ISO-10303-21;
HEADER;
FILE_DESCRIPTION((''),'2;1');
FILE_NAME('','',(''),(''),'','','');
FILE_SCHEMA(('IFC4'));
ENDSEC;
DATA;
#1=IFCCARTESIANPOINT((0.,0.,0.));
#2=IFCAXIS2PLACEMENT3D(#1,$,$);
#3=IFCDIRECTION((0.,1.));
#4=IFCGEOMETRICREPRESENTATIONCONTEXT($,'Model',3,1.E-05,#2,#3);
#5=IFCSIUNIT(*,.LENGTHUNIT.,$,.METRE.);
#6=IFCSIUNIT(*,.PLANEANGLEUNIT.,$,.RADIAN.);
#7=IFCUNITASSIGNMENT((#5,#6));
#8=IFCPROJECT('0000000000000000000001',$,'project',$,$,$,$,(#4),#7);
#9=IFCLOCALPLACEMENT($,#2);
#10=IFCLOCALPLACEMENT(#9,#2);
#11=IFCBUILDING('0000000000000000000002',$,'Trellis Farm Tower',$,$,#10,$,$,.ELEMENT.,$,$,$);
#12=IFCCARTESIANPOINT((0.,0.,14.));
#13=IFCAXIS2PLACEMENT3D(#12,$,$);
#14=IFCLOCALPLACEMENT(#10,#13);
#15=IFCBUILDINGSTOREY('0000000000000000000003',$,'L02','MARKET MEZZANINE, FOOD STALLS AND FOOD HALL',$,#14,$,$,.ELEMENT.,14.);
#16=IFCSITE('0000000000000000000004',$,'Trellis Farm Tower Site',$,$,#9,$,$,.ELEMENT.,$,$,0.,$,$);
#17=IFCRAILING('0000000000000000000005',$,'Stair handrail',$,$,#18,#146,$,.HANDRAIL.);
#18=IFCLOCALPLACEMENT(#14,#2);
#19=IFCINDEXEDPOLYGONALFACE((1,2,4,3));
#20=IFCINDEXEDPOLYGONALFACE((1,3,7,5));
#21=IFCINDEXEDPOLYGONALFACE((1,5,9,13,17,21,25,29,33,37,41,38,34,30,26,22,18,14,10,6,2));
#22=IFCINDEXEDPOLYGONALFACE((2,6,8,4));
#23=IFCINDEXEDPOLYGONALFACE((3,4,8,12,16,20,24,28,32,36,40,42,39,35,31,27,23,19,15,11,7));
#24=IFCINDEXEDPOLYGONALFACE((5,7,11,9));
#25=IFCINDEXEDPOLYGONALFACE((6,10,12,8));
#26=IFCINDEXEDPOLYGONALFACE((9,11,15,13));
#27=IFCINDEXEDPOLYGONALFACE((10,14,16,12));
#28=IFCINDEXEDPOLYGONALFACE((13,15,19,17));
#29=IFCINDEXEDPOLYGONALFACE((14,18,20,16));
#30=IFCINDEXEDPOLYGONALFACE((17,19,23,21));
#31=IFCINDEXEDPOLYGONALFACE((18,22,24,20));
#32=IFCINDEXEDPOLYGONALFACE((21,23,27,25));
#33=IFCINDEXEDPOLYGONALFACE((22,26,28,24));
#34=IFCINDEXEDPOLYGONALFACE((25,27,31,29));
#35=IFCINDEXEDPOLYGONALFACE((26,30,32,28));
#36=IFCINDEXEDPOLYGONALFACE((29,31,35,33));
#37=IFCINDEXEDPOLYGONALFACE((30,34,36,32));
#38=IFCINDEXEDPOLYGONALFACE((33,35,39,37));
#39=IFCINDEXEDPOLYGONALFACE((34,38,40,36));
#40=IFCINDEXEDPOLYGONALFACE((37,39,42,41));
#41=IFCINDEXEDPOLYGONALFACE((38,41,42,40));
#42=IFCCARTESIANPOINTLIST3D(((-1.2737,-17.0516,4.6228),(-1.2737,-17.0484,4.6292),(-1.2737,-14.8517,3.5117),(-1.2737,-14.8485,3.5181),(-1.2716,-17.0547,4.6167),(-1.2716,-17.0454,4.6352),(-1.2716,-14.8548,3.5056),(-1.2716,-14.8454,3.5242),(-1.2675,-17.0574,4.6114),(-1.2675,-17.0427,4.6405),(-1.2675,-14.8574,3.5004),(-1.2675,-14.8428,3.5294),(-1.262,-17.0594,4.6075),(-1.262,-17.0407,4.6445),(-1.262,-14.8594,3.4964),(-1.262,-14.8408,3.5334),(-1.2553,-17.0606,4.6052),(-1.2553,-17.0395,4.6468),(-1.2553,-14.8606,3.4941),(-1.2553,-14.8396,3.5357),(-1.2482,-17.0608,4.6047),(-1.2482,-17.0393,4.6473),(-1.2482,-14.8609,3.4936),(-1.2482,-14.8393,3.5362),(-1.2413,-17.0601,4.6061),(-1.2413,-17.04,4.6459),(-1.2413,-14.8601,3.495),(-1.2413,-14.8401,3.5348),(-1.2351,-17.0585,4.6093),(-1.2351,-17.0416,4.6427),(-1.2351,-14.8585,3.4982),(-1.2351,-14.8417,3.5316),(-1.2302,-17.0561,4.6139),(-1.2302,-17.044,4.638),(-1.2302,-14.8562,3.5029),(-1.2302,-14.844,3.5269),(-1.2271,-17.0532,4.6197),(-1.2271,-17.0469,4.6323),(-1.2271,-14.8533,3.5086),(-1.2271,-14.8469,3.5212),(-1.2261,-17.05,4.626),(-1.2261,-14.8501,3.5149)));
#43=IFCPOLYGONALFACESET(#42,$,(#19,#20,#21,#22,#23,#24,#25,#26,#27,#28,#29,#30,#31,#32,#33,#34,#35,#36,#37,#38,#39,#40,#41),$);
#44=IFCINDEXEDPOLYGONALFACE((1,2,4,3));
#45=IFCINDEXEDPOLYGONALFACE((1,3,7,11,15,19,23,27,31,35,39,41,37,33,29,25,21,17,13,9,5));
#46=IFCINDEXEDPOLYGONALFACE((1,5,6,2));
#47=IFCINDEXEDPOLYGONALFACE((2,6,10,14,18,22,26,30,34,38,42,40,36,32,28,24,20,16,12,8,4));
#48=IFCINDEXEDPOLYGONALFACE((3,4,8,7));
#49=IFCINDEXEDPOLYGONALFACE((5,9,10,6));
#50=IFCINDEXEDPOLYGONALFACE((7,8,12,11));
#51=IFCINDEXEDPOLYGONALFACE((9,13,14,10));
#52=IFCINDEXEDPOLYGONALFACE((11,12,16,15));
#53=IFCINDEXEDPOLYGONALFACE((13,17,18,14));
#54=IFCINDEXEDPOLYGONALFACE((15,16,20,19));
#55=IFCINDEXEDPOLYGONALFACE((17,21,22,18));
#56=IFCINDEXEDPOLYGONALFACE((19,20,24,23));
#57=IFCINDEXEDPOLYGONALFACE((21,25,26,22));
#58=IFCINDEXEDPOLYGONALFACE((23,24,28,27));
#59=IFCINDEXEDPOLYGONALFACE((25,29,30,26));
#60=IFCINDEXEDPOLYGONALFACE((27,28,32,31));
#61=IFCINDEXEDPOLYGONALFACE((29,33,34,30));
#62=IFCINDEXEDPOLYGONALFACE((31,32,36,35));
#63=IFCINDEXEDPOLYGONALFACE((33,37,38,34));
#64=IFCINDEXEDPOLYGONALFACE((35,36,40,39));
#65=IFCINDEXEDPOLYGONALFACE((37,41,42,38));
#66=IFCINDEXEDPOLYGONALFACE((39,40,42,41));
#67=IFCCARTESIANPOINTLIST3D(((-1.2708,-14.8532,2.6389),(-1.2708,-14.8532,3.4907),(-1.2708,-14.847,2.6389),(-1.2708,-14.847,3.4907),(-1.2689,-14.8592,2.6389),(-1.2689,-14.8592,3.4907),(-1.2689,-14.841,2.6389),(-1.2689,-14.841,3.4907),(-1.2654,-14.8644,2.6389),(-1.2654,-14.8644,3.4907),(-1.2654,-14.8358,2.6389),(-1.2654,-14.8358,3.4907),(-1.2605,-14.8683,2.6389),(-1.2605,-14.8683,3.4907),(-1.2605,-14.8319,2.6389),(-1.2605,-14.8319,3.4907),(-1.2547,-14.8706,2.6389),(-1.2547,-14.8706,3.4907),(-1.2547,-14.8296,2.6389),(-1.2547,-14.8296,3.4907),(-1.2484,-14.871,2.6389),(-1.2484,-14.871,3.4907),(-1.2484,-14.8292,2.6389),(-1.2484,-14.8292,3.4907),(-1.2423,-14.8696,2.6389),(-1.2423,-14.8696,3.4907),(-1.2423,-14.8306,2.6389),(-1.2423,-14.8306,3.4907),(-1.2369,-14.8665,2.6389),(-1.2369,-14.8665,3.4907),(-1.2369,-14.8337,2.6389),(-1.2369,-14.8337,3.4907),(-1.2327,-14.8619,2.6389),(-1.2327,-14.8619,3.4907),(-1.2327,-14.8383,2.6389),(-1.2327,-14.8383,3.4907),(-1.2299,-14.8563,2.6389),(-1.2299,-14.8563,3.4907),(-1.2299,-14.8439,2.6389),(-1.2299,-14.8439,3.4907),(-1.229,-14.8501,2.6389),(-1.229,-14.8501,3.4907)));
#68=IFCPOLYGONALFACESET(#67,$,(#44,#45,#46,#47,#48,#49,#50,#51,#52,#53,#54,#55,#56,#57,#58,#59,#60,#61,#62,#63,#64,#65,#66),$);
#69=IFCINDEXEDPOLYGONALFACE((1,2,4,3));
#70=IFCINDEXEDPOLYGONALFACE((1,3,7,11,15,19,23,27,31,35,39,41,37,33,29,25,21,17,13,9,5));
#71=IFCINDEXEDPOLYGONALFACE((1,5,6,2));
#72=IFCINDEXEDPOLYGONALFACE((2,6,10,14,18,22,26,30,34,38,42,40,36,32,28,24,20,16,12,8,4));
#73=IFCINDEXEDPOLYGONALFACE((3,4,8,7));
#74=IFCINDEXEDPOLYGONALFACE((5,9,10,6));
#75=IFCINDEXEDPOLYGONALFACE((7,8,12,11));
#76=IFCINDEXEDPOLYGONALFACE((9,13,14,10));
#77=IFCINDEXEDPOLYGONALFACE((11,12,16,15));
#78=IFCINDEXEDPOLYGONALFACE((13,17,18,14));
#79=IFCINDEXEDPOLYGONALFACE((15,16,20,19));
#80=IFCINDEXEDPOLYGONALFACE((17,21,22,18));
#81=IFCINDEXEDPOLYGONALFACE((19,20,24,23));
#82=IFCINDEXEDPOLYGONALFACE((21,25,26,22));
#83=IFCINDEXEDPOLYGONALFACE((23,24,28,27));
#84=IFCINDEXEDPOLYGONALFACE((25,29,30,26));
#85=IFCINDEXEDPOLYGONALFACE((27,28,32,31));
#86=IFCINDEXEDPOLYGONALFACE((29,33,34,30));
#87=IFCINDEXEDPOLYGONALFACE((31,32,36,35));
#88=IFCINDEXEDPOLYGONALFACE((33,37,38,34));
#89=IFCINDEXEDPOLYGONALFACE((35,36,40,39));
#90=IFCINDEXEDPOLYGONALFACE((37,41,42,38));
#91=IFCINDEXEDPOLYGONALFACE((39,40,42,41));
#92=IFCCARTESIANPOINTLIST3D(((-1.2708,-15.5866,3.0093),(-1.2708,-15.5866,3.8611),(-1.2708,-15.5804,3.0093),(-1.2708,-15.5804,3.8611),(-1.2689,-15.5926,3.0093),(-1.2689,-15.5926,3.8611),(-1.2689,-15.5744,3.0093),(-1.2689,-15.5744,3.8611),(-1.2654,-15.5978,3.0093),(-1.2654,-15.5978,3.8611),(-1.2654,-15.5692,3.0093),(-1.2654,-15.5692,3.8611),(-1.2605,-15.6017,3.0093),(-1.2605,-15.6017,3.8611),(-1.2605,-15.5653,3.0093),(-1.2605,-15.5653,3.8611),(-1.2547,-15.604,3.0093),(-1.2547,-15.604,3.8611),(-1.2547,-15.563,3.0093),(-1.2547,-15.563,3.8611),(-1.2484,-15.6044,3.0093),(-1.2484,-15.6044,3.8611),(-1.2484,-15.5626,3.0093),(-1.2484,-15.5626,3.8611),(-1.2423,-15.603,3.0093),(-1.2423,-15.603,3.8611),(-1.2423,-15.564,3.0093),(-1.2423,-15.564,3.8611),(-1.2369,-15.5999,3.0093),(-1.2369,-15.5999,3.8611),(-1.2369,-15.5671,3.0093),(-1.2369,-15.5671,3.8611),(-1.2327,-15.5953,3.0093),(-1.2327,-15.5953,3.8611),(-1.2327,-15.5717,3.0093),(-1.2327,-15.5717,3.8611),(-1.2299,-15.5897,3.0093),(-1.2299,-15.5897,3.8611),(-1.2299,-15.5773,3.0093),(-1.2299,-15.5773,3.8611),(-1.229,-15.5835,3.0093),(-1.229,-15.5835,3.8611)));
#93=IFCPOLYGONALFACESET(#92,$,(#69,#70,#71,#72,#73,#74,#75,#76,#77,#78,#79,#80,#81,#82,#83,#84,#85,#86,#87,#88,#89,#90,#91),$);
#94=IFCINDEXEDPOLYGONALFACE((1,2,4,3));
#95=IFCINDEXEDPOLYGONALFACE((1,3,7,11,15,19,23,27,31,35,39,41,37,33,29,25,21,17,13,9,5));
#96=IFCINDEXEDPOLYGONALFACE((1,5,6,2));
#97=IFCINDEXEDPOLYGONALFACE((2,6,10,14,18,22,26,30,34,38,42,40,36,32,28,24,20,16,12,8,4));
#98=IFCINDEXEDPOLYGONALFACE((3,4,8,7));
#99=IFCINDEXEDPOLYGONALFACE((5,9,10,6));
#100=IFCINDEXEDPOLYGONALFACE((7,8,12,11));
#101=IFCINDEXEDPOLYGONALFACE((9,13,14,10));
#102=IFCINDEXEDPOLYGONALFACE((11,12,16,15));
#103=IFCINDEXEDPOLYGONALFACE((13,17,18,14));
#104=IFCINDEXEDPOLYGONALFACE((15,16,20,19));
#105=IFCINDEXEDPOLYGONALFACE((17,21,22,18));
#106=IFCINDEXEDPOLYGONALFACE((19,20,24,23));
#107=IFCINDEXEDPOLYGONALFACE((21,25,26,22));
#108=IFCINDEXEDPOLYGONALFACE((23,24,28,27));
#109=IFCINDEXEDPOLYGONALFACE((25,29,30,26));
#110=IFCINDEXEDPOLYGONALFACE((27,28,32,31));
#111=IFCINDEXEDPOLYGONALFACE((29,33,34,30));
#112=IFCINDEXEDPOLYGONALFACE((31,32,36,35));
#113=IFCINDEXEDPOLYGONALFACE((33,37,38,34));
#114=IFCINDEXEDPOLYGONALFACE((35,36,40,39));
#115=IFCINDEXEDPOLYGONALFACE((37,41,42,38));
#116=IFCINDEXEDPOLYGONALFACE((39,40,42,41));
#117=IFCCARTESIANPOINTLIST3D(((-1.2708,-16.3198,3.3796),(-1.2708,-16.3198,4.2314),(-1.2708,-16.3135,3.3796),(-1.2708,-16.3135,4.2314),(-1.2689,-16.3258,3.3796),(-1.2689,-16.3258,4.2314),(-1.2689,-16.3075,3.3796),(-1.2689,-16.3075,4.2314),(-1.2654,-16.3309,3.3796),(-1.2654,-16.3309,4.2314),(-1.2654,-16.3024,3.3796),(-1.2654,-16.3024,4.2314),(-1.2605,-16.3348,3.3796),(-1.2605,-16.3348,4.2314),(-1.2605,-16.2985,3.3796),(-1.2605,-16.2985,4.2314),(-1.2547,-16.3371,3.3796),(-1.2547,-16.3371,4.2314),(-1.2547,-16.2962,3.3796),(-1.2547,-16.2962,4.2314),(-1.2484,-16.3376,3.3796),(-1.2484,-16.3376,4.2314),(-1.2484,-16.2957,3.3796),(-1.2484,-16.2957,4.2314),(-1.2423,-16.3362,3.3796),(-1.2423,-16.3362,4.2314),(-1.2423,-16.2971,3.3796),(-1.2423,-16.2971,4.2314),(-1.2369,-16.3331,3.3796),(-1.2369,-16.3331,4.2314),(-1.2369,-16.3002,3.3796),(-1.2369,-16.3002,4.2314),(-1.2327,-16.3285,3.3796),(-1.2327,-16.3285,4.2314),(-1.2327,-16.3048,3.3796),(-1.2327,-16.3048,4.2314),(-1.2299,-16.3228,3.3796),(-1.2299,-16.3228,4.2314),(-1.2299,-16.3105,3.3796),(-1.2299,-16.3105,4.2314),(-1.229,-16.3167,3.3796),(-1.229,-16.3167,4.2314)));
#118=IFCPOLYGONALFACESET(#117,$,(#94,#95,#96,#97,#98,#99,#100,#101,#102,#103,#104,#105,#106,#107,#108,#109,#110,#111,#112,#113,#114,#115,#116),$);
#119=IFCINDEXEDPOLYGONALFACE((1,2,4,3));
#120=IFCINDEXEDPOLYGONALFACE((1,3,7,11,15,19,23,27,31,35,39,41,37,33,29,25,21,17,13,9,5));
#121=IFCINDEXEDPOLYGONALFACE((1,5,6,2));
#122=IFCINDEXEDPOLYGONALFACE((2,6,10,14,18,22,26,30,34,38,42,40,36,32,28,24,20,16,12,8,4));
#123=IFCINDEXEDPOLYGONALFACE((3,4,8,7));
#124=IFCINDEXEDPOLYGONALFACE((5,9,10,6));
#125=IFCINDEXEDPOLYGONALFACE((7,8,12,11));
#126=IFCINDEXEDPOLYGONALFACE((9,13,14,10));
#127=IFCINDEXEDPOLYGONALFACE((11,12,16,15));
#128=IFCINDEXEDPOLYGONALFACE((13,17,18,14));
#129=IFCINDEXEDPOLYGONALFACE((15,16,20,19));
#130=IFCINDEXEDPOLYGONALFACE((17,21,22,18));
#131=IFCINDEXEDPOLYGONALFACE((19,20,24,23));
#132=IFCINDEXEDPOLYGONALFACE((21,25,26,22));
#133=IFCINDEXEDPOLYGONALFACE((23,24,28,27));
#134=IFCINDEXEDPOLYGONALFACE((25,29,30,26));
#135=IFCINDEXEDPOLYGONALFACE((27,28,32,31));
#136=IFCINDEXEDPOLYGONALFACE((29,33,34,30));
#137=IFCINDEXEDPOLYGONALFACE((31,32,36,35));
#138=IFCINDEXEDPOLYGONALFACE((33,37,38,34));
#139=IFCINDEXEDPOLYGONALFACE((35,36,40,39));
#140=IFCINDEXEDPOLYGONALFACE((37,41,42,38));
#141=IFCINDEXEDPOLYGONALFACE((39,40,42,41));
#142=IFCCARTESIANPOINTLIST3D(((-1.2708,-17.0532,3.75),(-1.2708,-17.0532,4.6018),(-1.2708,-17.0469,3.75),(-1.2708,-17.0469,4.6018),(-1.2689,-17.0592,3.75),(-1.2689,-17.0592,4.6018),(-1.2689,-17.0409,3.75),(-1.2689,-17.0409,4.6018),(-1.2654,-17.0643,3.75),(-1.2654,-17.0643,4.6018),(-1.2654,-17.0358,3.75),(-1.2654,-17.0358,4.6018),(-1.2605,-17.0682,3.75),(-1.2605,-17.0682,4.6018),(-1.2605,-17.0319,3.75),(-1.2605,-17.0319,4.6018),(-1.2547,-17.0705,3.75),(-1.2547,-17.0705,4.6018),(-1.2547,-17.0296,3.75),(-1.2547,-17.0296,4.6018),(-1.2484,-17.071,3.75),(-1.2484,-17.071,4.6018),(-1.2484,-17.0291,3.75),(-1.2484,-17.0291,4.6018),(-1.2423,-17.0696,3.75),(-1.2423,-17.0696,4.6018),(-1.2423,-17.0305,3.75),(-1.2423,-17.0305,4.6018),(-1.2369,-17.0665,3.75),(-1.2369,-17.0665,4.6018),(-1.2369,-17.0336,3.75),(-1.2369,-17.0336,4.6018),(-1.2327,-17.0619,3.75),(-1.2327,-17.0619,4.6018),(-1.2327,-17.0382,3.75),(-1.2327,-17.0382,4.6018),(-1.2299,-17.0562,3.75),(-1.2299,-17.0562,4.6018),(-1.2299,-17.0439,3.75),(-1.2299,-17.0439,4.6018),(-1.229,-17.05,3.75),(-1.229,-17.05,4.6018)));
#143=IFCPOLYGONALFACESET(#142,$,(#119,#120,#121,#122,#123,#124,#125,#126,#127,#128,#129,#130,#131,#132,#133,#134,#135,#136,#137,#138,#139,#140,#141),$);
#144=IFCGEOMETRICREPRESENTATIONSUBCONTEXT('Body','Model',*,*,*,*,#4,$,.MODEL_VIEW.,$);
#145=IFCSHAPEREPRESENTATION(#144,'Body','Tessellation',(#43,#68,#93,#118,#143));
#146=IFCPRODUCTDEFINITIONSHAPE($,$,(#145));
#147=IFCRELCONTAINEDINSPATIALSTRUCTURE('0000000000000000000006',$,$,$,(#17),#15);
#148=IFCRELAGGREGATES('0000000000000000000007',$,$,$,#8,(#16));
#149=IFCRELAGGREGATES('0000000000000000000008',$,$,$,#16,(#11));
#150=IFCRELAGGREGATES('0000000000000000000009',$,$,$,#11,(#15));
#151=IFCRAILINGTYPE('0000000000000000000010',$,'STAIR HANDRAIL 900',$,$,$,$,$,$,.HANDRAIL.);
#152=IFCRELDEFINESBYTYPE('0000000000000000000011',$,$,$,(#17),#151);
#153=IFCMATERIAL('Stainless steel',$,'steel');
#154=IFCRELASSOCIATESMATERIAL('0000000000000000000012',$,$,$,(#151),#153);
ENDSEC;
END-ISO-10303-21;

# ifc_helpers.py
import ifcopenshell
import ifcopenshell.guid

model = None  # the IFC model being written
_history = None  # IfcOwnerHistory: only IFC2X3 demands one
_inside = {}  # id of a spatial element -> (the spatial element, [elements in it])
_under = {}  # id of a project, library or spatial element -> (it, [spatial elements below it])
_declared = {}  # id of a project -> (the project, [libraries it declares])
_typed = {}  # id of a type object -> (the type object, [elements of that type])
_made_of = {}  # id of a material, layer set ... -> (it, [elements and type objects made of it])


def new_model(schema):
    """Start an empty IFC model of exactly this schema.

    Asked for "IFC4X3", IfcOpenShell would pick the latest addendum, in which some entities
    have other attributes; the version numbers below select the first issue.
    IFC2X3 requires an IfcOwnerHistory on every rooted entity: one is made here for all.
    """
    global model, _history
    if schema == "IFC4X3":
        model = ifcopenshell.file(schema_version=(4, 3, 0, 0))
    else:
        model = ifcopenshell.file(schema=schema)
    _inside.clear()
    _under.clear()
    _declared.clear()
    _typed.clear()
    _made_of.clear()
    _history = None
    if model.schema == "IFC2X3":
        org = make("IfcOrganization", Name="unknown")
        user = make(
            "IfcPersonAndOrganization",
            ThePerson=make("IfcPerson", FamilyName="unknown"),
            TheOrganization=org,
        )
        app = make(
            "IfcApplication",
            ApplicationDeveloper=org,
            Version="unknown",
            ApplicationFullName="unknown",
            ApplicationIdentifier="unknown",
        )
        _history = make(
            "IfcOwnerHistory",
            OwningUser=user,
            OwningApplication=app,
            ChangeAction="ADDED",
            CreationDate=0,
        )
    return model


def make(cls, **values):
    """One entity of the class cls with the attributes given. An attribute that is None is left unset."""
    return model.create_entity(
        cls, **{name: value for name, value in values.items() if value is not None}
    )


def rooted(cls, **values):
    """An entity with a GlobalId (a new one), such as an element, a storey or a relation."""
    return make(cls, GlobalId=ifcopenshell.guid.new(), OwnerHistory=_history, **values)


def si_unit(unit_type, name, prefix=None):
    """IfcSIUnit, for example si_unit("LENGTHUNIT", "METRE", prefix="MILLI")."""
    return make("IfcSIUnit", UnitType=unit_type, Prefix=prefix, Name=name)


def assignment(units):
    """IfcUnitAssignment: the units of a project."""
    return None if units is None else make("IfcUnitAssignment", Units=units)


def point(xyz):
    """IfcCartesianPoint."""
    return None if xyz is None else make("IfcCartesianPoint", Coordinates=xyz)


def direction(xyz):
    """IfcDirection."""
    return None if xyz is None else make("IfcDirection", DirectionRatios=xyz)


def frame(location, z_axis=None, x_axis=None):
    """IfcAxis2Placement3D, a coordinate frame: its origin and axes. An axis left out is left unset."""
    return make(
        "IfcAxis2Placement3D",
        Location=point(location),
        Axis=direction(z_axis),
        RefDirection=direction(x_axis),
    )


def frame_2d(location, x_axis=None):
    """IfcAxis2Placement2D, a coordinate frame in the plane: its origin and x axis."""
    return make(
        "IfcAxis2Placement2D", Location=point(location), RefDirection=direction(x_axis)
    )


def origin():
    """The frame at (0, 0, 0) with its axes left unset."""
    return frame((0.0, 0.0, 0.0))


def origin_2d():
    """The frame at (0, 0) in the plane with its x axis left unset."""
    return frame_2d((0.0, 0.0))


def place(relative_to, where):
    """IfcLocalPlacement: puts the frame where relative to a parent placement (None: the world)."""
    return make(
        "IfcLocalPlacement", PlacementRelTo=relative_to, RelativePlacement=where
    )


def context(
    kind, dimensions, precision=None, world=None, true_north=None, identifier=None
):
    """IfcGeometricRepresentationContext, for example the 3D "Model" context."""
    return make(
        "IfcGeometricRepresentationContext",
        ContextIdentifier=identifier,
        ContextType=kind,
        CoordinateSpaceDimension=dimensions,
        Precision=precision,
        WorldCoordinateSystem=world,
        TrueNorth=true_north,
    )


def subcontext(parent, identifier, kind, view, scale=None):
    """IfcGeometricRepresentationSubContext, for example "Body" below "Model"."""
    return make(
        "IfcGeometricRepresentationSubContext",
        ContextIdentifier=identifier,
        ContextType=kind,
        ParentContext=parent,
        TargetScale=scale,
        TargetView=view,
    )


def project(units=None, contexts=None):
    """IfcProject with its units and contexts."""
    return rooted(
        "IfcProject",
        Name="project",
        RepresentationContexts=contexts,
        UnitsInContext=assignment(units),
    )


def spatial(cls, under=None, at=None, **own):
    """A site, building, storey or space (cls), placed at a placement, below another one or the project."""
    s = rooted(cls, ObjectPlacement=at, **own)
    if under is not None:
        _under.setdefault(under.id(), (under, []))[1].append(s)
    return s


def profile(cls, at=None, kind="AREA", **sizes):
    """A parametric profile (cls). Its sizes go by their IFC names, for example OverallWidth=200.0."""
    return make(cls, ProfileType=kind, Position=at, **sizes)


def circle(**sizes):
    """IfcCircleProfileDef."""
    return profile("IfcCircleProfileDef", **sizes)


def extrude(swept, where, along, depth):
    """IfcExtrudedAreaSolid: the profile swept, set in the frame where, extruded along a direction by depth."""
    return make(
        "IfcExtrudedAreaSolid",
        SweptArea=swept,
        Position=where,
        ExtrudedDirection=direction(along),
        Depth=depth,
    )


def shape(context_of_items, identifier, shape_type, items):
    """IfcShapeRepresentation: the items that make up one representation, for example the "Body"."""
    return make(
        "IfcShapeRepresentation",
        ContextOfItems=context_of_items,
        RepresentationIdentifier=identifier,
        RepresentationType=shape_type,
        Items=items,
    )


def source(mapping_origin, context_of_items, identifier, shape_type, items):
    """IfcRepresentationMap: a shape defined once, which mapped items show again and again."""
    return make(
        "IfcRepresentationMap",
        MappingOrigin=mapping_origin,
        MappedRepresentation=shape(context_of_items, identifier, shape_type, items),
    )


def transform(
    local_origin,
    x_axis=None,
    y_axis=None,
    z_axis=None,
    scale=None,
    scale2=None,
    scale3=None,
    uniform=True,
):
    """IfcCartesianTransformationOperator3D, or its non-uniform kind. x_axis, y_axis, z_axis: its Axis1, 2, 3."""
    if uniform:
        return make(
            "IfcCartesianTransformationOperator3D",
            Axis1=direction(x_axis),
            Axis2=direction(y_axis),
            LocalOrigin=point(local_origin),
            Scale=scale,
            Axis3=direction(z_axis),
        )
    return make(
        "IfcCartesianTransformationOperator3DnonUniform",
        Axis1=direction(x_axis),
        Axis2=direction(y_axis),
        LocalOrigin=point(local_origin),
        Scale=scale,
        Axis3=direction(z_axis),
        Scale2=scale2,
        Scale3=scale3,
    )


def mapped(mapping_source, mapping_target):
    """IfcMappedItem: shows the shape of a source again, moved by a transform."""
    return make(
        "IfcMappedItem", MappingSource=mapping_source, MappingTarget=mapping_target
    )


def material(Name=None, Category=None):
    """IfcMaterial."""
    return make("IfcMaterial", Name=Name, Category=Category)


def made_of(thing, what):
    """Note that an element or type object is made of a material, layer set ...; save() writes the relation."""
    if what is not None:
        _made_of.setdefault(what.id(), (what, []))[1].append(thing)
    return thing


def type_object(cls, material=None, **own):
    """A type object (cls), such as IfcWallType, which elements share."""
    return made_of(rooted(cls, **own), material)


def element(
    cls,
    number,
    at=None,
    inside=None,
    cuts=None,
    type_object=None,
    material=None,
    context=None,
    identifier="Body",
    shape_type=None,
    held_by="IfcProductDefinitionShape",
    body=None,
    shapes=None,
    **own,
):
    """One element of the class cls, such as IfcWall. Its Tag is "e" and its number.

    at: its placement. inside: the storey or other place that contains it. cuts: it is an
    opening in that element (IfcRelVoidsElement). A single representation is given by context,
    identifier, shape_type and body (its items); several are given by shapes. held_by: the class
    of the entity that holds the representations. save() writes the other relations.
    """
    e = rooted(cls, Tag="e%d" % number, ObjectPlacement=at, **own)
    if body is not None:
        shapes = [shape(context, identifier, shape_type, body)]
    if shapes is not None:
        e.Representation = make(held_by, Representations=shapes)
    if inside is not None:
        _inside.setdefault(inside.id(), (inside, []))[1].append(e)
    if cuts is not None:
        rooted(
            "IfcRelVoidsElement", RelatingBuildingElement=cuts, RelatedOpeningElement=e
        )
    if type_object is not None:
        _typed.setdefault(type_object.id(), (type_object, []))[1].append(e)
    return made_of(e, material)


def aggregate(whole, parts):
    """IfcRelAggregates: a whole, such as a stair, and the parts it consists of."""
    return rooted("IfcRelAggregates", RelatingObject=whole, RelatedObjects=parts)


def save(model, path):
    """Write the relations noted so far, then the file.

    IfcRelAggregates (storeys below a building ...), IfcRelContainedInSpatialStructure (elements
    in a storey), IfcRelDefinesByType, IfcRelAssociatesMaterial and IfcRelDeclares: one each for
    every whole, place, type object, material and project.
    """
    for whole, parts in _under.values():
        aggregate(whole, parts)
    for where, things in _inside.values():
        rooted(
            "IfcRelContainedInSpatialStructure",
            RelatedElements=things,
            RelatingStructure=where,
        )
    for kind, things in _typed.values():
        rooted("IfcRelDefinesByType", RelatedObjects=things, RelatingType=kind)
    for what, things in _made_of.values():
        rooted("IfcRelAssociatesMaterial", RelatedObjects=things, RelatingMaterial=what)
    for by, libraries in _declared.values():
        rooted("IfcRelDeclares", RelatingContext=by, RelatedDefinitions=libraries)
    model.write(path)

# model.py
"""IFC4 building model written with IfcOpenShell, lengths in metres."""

from ifc_helpers import new_model, si_unit, direction, frame, origin, origin_2d, place, context, subcontext, project, spatial, circle, extrude, source, transform, mapped, material, type_object, element, save


model = new_model("IFC4")

# Units and contexts
model_context = context("Model", 3, precision=1e-05, world=origin(), true_north=direction((0.0, 1.0)))
body_context = subcontext(model_context, "Body", "Model", "MODEL_VIEW")
ifc_project = project(units=[si_unit("LENGTHUNIT", "METRE"), si_unit("PLANEANGLEUNIT", "RADIAN")], contexts=[model_context])

# Site, building, storey
site_placement = place(None, origin())
site = spatial("IfcSite", under=ifc_project, at=site_placement, Name="Trellis Farm Tower Site", CompositionType="ELEMENT", RefElevation=0.0)
building_placement = place(site_placement, origin())
building = spatial("IfcBuilding", under=site, at=building_placement, Name="Trellis Farm Tower", CompositionType="ELEMENT")
storey_placement = place(building_placement, frame((0.0, 0.0, 14.0)))
storey = spatial("IfcBuildingStorey", under=building, at=storey_placement, Name="L02", Description="MARKET MEZZANINE, FOOD STALLS AND FOOD HALL", CompositionType="ELEMENT", Elevation=14.0)

# Railing
ifc_material_1 = material(Name="Stainless steel", Category="steel")
railing_type = type_object("IfcRailingType", Name="STAIR HANDRAIL 900", PredefinedType="HANDRAIL", material=ifc_material_1)
shared_shape_1 = source(origin(), body_context, "Body", "SweptSolid", [
    extrude(circle(Radius=0.0239, at=origin_2d()), frame((0.0, 0.0, 0.876), z_axis=(0.0, -0.892617, 0.450816), x_axis=(1.0, 0.0, 0.0)), (0.0, 0.0, 1.0), 2.4646),
    extrude(circle(Radius=0.021, at=origin_2d()), origin(), (0.0, 0.0, 1.0), 0.8518),
    extrude(circle(Radius=0.021, at=origin_2d()), frame((0.0, -0.7334, 0.3704)), (0.0, 0.0, 1.0), 0.8518),
    extrude(circle(Radius=0.021, at=origin_2d()), frame((0.0, -1.4666, 0.7407)), (0.0, 0.0, 1.0), 0.8518),
    extrude(circle(Radius=0.021, at=origin_2d()), frame((0.0, -2.2, 1.1111)), (0.0, 0.0, 1.0), 0.8518),
])
for number, where, name in (
    (1, (-1.25, -14.8501, 2.6389), "Stair handrail"),
):
    element("IfcRailing", number, at=place(storey_placement, frame(where)), inside=storey, type_object=railing_type, Name=name, PredefinedType="HANDRAIL", context=body_context, shape_type="MappedRepresentation", body=[
        mapped(shared_shape_1, transform((0.0, 0.0, 0.0))),
    ])

save(model, "model.ifc")
